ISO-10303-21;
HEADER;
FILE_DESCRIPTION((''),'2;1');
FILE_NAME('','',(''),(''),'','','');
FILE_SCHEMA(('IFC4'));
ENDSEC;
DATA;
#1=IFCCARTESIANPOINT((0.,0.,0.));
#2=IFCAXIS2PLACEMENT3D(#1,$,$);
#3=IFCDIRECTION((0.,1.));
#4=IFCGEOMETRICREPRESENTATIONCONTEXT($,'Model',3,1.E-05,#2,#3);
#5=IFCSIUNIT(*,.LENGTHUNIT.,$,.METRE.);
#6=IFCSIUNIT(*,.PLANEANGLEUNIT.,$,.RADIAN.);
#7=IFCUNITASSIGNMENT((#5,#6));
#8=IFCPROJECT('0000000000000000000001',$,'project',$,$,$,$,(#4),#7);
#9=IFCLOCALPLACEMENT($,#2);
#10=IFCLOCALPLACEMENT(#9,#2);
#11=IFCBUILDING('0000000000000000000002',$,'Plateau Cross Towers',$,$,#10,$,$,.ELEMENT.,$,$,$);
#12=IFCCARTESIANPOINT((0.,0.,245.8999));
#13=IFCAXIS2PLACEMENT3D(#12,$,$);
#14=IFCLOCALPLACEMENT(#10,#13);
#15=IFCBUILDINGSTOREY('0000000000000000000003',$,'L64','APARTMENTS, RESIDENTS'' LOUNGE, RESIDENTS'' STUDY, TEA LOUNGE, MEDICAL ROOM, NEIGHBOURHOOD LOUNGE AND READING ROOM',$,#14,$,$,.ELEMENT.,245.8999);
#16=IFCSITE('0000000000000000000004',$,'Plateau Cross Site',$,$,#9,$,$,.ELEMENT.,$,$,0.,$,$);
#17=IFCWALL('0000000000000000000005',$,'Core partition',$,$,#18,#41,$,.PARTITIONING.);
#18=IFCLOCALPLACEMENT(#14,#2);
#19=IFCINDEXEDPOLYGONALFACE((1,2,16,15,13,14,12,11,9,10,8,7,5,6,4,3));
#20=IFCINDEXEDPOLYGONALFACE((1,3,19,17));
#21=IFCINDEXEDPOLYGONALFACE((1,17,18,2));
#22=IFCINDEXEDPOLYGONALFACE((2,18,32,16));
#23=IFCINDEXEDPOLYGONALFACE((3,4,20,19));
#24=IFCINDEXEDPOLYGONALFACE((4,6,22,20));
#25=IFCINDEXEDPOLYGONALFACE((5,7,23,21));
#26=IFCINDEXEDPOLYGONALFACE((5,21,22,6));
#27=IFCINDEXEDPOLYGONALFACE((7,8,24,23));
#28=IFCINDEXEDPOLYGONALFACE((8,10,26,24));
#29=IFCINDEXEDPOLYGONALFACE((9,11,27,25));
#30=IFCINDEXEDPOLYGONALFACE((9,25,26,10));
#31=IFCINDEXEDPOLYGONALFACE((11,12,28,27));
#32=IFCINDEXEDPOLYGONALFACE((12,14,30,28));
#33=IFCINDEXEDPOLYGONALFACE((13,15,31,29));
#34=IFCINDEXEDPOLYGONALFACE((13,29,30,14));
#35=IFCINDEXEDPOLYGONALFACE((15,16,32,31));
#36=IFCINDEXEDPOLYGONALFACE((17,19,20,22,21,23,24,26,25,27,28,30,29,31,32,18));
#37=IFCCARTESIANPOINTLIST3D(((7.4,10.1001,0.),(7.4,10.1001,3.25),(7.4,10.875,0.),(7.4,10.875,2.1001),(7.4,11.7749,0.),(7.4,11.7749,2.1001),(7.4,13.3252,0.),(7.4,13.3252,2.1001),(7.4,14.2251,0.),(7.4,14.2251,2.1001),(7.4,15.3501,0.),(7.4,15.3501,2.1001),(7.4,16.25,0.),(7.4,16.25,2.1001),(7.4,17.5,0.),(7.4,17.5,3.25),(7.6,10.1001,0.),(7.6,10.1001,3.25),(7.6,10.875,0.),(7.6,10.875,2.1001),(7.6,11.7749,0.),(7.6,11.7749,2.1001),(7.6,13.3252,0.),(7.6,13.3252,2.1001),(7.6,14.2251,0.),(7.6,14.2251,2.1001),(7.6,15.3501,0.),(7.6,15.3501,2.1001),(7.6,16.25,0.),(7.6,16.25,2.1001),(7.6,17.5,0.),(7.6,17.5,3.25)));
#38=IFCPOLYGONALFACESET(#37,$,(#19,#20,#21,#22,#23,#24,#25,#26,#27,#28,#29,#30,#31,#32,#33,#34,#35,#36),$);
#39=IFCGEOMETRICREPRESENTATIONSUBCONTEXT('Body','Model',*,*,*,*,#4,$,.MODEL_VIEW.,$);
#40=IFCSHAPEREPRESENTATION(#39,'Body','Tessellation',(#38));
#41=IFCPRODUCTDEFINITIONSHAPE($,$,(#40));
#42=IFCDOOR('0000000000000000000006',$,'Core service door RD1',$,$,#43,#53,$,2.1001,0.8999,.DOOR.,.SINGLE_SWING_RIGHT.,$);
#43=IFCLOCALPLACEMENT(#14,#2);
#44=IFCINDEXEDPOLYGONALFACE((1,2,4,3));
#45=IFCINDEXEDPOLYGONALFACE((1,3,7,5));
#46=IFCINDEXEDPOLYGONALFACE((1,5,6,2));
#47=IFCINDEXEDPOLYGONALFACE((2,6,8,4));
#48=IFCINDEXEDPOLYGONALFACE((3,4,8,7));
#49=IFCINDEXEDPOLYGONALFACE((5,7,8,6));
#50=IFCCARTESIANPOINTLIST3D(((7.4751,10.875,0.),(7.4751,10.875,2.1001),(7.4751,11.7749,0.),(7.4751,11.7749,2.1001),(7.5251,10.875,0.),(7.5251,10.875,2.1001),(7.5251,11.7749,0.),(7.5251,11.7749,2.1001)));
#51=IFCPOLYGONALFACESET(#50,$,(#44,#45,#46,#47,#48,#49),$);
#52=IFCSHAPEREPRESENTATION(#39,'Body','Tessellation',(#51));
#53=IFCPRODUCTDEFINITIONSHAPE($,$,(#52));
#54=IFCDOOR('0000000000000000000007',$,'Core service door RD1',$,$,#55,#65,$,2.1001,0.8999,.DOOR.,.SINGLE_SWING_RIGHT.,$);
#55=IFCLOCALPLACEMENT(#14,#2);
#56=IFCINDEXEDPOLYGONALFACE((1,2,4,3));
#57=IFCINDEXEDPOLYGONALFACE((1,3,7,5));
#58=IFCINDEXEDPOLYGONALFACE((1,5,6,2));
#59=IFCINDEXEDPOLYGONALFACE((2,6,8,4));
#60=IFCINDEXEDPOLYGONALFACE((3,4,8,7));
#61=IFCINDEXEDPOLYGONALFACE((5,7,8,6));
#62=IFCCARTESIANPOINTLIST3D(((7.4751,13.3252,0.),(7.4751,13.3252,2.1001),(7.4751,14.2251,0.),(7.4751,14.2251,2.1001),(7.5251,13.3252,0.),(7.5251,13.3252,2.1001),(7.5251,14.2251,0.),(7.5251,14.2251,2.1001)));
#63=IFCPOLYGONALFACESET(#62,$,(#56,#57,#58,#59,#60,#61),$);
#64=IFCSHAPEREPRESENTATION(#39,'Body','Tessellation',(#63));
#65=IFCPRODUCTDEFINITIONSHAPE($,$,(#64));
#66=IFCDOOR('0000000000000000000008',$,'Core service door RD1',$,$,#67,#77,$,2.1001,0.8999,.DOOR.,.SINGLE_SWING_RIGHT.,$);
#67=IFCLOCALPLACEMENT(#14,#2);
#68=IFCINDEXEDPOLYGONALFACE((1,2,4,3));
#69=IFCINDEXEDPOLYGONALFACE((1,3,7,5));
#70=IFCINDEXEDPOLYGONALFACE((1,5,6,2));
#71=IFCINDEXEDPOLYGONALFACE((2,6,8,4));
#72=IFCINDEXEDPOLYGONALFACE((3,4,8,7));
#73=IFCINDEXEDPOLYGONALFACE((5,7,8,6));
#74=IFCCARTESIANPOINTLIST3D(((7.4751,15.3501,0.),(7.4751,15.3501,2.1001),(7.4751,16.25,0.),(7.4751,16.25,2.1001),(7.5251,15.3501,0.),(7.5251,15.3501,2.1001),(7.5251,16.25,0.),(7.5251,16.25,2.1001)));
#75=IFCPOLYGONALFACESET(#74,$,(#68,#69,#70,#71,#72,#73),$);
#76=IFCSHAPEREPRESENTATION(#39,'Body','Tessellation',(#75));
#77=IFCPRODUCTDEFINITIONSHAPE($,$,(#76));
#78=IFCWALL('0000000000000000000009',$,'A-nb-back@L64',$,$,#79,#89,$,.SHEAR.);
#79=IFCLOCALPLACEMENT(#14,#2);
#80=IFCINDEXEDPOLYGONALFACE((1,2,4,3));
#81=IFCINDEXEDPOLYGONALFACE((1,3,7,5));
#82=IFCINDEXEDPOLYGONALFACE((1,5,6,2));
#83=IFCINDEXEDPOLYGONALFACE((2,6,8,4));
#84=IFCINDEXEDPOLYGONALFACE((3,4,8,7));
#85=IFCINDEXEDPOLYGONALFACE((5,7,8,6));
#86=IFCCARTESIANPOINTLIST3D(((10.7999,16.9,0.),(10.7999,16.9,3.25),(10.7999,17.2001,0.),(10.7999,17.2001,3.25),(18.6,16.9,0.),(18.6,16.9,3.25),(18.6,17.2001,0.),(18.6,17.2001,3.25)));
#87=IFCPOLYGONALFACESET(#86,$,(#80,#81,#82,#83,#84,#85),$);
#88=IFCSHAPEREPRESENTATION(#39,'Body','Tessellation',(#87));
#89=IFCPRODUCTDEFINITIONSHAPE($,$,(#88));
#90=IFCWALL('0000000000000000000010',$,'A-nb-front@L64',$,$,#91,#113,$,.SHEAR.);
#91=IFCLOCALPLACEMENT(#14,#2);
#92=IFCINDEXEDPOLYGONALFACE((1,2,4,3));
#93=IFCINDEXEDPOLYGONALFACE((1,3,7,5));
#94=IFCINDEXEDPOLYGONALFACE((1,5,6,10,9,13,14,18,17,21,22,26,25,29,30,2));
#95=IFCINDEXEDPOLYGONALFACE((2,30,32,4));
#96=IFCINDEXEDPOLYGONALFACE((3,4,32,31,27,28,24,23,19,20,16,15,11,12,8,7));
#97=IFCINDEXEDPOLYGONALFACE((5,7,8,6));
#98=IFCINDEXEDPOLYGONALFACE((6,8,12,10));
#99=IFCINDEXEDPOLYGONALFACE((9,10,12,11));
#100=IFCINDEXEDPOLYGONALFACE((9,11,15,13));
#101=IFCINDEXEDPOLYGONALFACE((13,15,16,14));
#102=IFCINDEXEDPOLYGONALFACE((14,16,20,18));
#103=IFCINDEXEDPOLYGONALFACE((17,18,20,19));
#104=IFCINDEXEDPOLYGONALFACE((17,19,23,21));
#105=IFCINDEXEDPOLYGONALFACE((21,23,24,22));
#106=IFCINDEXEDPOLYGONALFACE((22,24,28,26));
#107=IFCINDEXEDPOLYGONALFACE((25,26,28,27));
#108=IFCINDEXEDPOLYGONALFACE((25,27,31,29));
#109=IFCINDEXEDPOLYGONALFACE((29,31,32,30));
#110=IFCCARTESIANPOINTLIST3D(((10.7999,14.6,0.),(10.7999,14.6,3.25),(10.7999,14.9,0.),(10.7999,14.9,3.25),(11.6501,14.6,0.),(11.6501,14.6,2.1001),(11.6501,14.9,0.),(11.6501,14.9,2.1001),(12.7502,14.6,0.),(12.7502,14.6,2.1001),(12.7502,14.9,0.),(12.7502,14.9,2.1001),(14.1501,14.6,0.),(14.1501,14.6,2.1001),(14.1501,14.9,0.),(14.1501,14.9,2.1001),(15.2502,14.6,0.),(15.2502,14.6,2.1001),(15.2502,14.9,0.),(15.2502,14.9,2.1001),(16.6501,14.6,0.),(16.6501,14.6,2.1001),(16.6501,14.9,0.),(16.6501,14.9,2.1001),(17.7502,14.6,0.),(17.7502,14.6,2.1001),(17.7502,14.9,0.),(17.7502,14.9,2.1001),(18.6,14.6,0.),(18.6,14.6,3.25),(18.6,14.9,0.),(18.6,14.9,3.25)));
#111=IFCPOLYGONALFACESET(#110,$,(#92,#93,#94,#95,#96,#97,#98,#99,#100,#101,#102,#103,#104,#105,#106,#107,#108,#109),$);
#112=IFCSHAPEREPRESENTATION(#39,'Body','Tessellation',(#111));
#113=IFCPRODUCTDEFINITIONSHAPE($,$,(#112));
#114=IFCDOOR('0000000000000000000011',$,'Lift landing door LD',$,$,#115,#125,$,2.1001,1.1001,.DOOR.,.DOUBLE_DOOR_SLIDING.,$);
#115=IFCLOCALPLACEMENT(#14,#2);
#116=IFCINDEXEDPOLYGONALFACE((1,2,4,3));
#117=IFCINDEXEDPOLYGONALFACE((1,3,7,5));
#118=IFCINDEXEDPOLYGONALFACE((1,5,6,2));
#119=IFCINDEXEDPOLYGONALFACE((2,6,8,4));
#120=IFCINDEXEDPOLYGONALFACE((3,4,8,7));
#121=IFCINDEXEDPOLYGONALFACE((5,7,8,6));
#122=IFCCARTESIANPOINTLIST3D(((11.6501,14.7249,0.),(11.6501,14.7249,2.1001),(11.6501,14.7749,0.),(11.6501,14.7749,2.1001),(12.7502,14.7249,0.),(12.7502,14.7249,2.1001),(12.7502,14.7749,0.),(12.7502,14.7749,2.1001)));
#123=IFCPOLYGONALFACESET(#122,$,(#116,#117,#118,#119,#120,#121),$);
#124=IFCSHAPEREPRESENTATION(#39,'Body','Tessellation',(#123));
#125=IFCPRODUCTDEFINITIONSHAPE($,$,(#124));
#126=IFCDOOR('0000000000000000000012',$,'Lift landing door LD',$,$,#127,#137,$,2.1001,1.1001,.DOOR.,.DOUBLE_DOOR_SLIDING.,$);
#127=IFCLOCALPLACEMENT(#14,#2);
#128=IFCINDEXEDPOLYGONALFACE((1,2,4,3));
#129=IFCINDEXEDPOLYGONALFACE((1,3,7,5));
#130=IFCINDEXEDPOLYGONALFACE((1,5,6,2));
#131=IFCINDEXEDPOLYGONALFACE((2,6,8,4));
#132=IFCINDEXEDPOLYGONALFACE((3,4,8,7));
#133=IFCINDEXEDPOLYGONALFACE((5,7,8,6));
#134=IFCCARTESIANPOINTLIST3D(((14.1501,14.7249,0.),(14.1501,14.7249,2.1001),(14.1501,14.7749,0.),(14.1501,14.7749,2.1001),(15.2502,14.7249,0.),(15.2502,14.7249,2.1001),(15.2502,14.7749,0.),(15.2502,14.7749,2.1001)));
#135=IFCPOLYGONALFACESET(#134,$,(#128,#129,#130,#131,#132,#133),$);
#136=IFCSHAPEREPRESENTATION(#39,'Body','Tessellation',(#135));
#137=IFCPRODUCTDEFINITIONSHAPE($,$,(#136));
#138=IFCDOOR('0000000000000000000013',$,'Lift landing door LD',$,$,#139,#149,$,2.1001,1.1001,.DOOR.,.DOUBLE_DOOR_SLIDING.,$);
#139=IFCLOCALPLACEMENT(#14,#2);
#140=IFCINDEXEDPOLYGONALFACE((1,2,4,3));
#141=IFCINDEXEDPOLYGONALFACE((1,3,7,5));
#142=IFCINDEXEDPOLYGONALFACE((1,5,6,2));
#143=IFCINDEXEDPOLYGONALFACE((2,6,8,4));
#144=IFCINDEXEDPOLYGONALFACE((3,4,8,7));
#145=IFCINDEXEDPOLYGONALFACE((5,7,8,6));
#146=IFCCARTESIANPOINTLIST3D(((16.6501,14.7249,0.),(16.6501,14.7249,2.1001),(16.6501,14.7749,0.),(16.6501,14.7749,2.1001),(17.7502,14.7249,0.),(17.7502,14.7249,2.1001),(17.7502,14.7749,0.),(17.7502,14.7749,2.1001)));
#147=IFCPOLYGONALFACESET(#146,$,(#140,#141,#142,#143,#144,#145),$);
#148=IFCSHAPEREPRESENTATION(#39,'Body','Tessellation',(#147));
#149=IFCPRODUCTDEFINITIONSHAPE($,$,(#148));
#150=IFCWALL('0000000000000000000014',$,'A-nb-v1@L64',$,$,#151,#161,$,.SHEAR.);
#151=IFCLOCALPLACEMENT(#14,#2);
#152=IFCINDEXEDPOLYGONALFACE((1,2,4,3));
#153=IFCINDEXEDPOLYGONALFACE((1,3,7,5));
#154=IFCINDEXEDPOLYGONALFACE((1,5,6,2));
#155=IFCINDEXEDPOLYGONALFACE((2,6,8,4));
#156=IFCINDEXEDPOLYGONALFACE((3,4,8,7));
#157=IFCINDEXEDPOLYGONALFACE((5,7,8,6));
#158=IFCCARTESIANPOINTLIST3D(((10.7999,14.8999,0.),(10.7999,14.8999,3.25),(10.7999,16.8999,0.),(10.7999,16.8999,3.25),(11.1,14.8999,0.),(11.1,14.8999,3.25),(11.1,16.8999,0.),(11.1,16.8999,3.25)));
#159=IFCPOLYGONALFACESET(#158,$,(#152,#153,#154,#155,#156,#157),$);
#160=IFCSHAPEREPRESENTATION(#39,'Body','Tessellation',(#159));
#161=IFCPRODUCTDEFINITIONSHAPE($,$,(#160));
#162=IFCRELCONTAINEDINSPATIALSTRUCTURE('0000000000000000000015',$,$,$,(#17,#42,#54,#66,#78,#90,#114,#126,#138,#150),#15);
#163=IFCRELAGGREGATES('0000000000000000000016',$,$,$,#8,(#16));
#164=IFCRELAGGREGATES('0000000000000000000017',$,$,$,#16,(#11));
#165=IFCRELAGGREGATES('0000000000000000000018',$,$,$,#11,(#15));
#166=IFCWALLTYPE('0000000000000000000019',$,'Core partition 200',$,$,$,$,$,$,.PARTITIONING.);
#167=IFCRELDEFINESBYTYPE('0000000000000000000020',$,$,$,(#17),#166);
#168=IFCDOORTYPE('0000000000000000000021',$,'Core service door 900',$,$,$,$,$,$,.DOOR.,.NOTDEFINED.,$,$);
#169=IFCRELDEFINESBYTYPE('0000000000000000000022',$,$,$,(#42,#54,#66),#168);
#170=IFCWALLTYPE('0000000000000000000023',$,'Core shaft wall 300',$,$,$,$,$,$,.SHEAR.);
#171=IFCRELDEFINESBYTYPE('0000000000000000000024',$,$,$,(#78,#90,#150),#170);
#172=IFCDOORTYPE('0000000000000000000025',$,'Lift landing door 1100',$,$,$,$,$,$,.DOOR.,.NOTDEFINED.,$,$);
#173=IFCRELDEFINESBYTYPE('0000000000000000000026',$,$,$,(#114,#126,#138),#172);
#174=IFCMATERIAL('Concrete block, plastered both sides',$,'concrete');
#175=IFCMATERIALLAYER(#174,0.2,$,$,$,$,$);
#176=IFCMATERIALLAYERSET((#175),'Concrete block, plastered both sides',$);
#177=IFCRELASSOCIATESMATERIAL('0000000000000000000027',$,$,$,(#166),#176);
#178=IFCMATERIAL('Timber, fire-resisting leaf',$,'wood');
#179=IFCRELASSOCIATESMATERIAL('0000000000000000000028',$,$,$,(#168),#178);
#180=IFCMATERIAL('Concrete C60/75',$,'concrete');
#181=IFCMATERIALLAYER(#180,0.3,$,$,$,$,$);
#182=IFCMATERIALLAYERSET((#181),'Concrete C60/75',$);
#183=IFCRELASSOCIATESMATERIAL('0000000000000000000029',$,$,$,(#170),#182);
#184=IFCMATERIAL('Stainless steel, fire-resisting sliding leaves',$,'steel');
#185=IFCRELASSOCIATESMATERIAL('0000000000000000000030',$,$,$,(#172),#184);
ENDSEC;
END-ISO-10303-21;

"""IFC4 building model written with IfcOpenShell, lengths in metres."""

from ifc_helpers import new_model, si_unit, direction, frame, frame_2d, origin, place, context, subcontext, project, spatial, rectangle, extrude, material, layer, layer_set, type_object, element, fill, save


model = new_model("IFC4")

# Units and contexts
model_context = context("Model", 3, precision=1e-05, world=origin(), true_north=direction((0.0, 1.0)))
body_context = subcontext(model_context, "Body", "Model", "MODEL_VIEW")
ifc_project = project(units=[si_unit("LENGTHUNIT", "METRE"), si_unit("PLANEANGLEUNIT", "RADIAN")], contexts=[model_context])

# Site, building, storey
site_placement = place(None, origin())
site = spatial("IfcSite", under=ifc_project, at=site_placement, Name="Plateau Cross Site", CompositionType="ELEMENT", RefElevation=0.0)
building_placement = place(site_placement, origin())
building = spatial("IfcBuilding", under=site, at=building_placement, Name="Plateau Cross Towers", CompositionType="ELEMENT")
storey_placement = place(building_placement, frame((0.0, 0.0, 245.8999)))
storey = spatial("IfcBuildingStorey", under=building, at=storey_placement, Name="L64", Description="APARTMENTS, RESIDENTS' LOUNGE, RESIDENTS' STUDY, TEA LOUNGE, MEDICAL ROOM, NEIGHBOURHOOD LOUNGE AND READING ROOM", CompositionType="ELEMENT", Elevation=245.8999)

# Shared definitions
ifc_material_1 = material(Name="Concrete block, plastered both sides", Category="concrete")
ifc_layer_1 = layer(ifc_material_1, 0.2)
ifc_layer_set_1 = layer_set([ifc_layer_1], Name="Concrete block, plastered both sides")
wall_type_1 = type_object("IfcWallType", Name="Core partition 200", PredefinedType="PARTITIONING", material=ifc_layer_set_1)

# Shared definitions
ifc_material_2 = material(Name="Timber, fire-resisting leaf", Category="wood")
door_type_1 = type_object("IfcDoorType", Name="Core service door 900", OperationType="NOTDEFINED", PredefinedType="DOOR", material=ifc_material_2)

# Wall, openings, doors
wall_1_placement = place(storey_placement, frame((7.5, 10.1001, 0.0), z_axis=(0.0, 0.0, 1.0), x_axis=(0.0, 1.0, 0.0)))
wall_1 = element("IfcWall", 1, at=wall_1_placement, inside=storey, type_object=wall_type_1, Name="Core partition", PredefinedType="PARTITIONING", context=body_context, shape_type="SweptSolid", body=[
    extrude(rectangle(XDim=7.3999, YDim=0.2, at=frame_2d((3.7, 0.0))), origin(), (0.0, 0.0, 1.0), 3.25),
])
opening_1_placement = place(wall_1_placement, frame((0.7749, 0.0, 0.0)))
opening_1 = element("IfcOpeningElement", 2, at=opening_1_placement, cuts=wall_1, PredefinedType="OPENING", context=body_context, shape_type="SweptSolid", body=[
    extrude(rectangle(XDim=0.8999, YDim=2.1001, at=frame_2d((0.45, 1.05))), frame((0.0, 0.1099, 0.0), z_axis=(0.0, -1.0, 0.0), x_axis=(1.0, 0.0, 0.0)), (0.0, 0.0, 1.0), 0.22),
])
opening_2_placement = place(wall_1_placement, frame((3.2251, 0.0, 0.0)))
opening_2 = element("IfcOpeningElement", 3, at=opening_2_placement, cuts=wall_1, PredefinedType="OPENING", context=body_context, shape_type="SweptSolid", body=[
    extrude(rectangle(XDim=0.8999, YDim=2.1001, at=frame_2d((0.45, 1.05))), frame((0.0, 0.1099, 0.0), z_axis=(0.0, -1.0, 0.0), x_axis=(1.0, 0.0, 0.0)), (0.0, 0.0, 1.0), 0.22),
])
opening_3_placement = place(wall_1_placement, frame((5.25, 0.0, 0.0)))
opening_3 = element("IfcOpeningElement", 4, at=opening_3_placement, cuts=wall_1, PredefinedType="OPENING", context=body_context, shape_type="SweptSolid", body=[
    extrude(rectangle(XDim=0.8999, YDim=2.1001, at=frame_2d((0.45, 1.05))), frame((0.0, 0.1099, 0.0), z_axis=(0.0, -1.0, 0.0), x_axis=(1.0, 0.0, 0.0)), (0.0, 0.0, 1.0), 0.22),
])
door_1_placement = place(opening_1_placement, origin())
door_1 = element("IfcDoor", 5, at=door_1_placement, inside=storey, type_object=door_type_1, Name="Core service door RD1", OperationType="SINGLE_SWING_RIGHT", OverallHeight=2.1001, OverallWidth=0.8999, PredefinedType="DOOR", context=body_context, shape_type="SweptSolid", body=[
    extrude(rectangle(XDim=0.8999, YDim=2.1001, at=frame_2d((0.45, 1.05))), frame((0.0, 0.0249, 0.0), z_axis=(0.0, -1.0, 0.0), x_axis=(1.0, 0.0, 0.0)), (0.0, 0.0, 1.0), 0.05),
])
fill(opening_1, door_1)
door_2_placement = place(opening_2_placement, origin())
door_2 = element("IfcDoor", 6, at=door_2_placement, inside=storey, type_object=door_type_1, Name="Core service door RD1", OperationType="SINGLE_SWING_RIGHT", OverallHeight=2.1001, OverallWidth=0.8999, PredefinedType="DOOR", context=body_context, shape_type="SweptSolid", body=[
    extrude(rectangle(XDim=0.8999, YDim=2.1001, at=frame_2d((0.45, 1.05))), frame((0.0, 0.0249, 0.0), z_axis=(0.0, -1.0, 0.0), x_axis=(1.0, 0.0, 0.0)), (0.0, 0.0, 1.0), 0.05),
])
fill(opening_2, door_2)
door_3_placement = place(opening_3_placement, origin())
door_3 = element("IfcDoor", 7, at=door_3_placement, inside=storey, type_object=door_type_1, Name="Core service door RD1", OperationType="SINGLE_SWING_RIGHT", OverallHeight=2.1001, OverallWidth=0.8999, PredefinedType="DOOR", context=body_context, shape_type="SweptSolid", body=[
    extrude(rectangle(XDim=0.8999, YDim=2.1001, at=frame_2d((0.45, 1.05))), frame((0.0, 0.0249, 0.0), z_axis=(0.0, -1.0, 0.0), x_axis=(1.0, 0.0, 0.0)), (0.0, 0.0, 1.0), 0.05),
])
fill(opening_3, door_3)

# Wall
ifc_material_3 = material(Name="Concrete C60/75", Category="concrete")
ifc_layer_2 = layer(ifc_material_3, 0.3)
ifc_layer_set_2 = layer_set([ifc_layer_2], Name="Concrete C60/75")
wall_type_2 = type_object("IfcWallType", Name="Core shaft wall 300", PredefinedType="SHEAR", material=ifc_layer_set_2)
wall_2_placement = place(storey_placement, frame((10.8, 17.05, 0.0), z_axis=(0.0, 0.0, 1.0), x_axis=(1.0, 0.0, 0.0)))
element("IfcWall", 8, at=wall_2_placement, inside=storey, type_object=wall_type_2, Name="A-nb-back@L64", PredefinedType="SHEAR", context=body_context, shape_type="SweptSolid", body=[
    extrude(rectangle(XDim=7.8, YDim=0.3, at=frame_2d((3.8999, 0.0))), origin(), (0.0, 0.0, 1.0), 3.25),
])

# Wall, openings, doors
wall_3_placement = place(storey_placement, frame((10.8, 14.75, 0.0), z_axis=(0.0, 0.0, 1.0), x_axis=(1.0, 0.0, 0.0)))
wall_3 = element("IfcWall", 9, at=wall_3_placement, inside=storey, type_object=wall_type_2, Name="A-nb-front@L64", PredefinedType="SHEAR", context=body_context, shape_type="SweptSolid", body=[
    extrude(rectangle(XDim=7.8, YDim=0.3, at=frame_2d((3.8999, 0.0))), origin(), (0.0, 0.0, 1.0), 3.25),
])
opening_4_placement = place(wall_3_placement, frame((0.8501, 0.0, 0.0)))
opening_4 = element("IfcOpeningElement", 10, at=opening_4_placement, cuts=wall_3, PredefinedType="OPENING", context=body_context, shape_type="SweptSolid", body=[
    extrude(rectangle(XDim=1.1001, YDim=2.1001, at=frame_2d((0.55, 1.05))), frame((0.0, 0.1599, 0.0), z_axis=(0.0, -1.0, 0.0), x_axis=(1.0, 0.0, 0.0)), (0.0, 0.0, 1.0), 0.3201),
])
opening_5_placement = place(wall_3_placement, frame((3.3501, 0.0, 0.0)))
opening_5 = element("IfcOpeningElement", 11, at=opening_5_placement, cuts=wall_3, PredefinedType="OPENING", context=body_context, shape_type="SweptSolid", body=[
    extrude(rectangle(XDim=1.1001, YDim=2.1001, at=frame_2d((0.55, 1.05))), frame((0.0, 0.1599, 0.0), z_axis=(0.0, -1.0, 0.0), x_axis=(1.0, 0.0, 0.0)), (0.0, 0.0, 1.0), 0.3201),
])
opening_6_placement = place(wall_3_placement, frame((5.8501, 0.0, 0.0)))
opening_6 = element("IfcOpeningElement", 12, at=opening_6_placement, cuts=wall_3, PredefinedType="OPENING", context=body_context, shape_type="SweptSolid", body=[
    extrude(rectangle(XDim=1.1001, YDim=2.1001, at=frame_2d((0.55, 1.05))), frame((0.0, 0.1599, 0.0), z_axis=(0.0, -1.0, 0.0), x_axis=(1.0, 0.0, 0.0)), (0.0, 0.0, 1.0), 0.3201),
])
ifc_material_4 = material(Name="Stainless steel, fire-resisting sliding leaves", Category="steel")
door_type_2 = type_object("IfcDoorType", Name="Lift landing door 1100", OperationType="NOTDEFINED", PredefinedType="DOOR", material=ifc_material_4)
door_4_placement = place(opening_4_placement, origin())
door_4 = element("IfcDoor", 13, at=door_4_placement, inside=storey, type_object=door_type_2, Name="Lift landing door LD", OperationType="DOUBLE_DOOR_SLIDING", OverallHeight=2.1001, OverallWidth=1.1001, PredefinedType="DOOR", context=body_context, shape_type="SweptSolid", body=[
    extrude(rectangle(XDim=1.1001, YDim=2.1001, at=frame_2d((0.55, 1.05))), frame((0.0, 0.0249, 0.0), z_axis=(0.0, -1.0, 0.0), x_axis=(1.0, 0.0, 0.0)), (0.0, 0.0, 1.0), 0.05),
])
fill(opening_4, door_4)
door_5_placement = place(opening_5_placement, origin())
door_5 = element("IfcDoor", 14, at=door_5_placement, inside=storey, type_object=door_type_2, Name="Lift landing door LD", OperationType="DOUBLE_DOOR_SLIDING", OverallHeight=2.1001, OverallWidth=1.1001, PredefinedType="DOOR", context=body_context, shape_type="SweptSolid", body=[
    extrude(rectangle(XDim=1.1001, YDim=2.1001, at=frame_2d((0.55, 1.05))), frame((0.0, 0.0249, 0.0), z_axis=(0.0, -1.0, 0.0), x_axis=(1.0, 0.0, 0.0)), (0.0, 0.0, 1.0), 0.05),
])
fill(opening_5, door_5)
door_6_placement = place(opening_6_placement, origin())
door_6 = element("IfcDoor", 15, at=door_6_placement, inside=storey, type_object=door_type_2, Name="Lift landing door LD", OperationType="DOUBLE_DOOR_SLIDING", OverallHeight=2.1001, OverallWidth=1.1001, PredefinedType="DOOR", context=body_context, shape_type="SweptSolid", body=[
    extrude(rectangle(XDim=1.1001, YDim=2.1001, at=frame_2d((0.55, 1.05))), frame((0.0, 0.0249, 0.0), z_axis=(0.0, -1.0, 0.0), x_axis=(1.0, 0.0, 0.0)), (0.0, 0.0, 1.0), 0.05),
])
fill(opening_6, door_6)

# Wall
wall_4_placement = place(storey_placement, frame((10.95, 14.8999, 0.0), z_axis=(0.0, 0.0, 1.0), x_axis=(0.0, 1.0, 0.0)))
element("IfcWall", 16, at=wall_4_placement, inside=storey, type_object=wall_type_2, Name="A-nb-v1@L64", PredefinedType="SHEAR", context=body_context, shape_type="SweptSolid", body=[
    extrude(rectangle(XDim=2.0, YDim=0.3, at=frame_2d((1.0, 0.0))), origin(), (0.0, 0.0, 1.0), 3.25),
])

save(model, "model.ifc")
